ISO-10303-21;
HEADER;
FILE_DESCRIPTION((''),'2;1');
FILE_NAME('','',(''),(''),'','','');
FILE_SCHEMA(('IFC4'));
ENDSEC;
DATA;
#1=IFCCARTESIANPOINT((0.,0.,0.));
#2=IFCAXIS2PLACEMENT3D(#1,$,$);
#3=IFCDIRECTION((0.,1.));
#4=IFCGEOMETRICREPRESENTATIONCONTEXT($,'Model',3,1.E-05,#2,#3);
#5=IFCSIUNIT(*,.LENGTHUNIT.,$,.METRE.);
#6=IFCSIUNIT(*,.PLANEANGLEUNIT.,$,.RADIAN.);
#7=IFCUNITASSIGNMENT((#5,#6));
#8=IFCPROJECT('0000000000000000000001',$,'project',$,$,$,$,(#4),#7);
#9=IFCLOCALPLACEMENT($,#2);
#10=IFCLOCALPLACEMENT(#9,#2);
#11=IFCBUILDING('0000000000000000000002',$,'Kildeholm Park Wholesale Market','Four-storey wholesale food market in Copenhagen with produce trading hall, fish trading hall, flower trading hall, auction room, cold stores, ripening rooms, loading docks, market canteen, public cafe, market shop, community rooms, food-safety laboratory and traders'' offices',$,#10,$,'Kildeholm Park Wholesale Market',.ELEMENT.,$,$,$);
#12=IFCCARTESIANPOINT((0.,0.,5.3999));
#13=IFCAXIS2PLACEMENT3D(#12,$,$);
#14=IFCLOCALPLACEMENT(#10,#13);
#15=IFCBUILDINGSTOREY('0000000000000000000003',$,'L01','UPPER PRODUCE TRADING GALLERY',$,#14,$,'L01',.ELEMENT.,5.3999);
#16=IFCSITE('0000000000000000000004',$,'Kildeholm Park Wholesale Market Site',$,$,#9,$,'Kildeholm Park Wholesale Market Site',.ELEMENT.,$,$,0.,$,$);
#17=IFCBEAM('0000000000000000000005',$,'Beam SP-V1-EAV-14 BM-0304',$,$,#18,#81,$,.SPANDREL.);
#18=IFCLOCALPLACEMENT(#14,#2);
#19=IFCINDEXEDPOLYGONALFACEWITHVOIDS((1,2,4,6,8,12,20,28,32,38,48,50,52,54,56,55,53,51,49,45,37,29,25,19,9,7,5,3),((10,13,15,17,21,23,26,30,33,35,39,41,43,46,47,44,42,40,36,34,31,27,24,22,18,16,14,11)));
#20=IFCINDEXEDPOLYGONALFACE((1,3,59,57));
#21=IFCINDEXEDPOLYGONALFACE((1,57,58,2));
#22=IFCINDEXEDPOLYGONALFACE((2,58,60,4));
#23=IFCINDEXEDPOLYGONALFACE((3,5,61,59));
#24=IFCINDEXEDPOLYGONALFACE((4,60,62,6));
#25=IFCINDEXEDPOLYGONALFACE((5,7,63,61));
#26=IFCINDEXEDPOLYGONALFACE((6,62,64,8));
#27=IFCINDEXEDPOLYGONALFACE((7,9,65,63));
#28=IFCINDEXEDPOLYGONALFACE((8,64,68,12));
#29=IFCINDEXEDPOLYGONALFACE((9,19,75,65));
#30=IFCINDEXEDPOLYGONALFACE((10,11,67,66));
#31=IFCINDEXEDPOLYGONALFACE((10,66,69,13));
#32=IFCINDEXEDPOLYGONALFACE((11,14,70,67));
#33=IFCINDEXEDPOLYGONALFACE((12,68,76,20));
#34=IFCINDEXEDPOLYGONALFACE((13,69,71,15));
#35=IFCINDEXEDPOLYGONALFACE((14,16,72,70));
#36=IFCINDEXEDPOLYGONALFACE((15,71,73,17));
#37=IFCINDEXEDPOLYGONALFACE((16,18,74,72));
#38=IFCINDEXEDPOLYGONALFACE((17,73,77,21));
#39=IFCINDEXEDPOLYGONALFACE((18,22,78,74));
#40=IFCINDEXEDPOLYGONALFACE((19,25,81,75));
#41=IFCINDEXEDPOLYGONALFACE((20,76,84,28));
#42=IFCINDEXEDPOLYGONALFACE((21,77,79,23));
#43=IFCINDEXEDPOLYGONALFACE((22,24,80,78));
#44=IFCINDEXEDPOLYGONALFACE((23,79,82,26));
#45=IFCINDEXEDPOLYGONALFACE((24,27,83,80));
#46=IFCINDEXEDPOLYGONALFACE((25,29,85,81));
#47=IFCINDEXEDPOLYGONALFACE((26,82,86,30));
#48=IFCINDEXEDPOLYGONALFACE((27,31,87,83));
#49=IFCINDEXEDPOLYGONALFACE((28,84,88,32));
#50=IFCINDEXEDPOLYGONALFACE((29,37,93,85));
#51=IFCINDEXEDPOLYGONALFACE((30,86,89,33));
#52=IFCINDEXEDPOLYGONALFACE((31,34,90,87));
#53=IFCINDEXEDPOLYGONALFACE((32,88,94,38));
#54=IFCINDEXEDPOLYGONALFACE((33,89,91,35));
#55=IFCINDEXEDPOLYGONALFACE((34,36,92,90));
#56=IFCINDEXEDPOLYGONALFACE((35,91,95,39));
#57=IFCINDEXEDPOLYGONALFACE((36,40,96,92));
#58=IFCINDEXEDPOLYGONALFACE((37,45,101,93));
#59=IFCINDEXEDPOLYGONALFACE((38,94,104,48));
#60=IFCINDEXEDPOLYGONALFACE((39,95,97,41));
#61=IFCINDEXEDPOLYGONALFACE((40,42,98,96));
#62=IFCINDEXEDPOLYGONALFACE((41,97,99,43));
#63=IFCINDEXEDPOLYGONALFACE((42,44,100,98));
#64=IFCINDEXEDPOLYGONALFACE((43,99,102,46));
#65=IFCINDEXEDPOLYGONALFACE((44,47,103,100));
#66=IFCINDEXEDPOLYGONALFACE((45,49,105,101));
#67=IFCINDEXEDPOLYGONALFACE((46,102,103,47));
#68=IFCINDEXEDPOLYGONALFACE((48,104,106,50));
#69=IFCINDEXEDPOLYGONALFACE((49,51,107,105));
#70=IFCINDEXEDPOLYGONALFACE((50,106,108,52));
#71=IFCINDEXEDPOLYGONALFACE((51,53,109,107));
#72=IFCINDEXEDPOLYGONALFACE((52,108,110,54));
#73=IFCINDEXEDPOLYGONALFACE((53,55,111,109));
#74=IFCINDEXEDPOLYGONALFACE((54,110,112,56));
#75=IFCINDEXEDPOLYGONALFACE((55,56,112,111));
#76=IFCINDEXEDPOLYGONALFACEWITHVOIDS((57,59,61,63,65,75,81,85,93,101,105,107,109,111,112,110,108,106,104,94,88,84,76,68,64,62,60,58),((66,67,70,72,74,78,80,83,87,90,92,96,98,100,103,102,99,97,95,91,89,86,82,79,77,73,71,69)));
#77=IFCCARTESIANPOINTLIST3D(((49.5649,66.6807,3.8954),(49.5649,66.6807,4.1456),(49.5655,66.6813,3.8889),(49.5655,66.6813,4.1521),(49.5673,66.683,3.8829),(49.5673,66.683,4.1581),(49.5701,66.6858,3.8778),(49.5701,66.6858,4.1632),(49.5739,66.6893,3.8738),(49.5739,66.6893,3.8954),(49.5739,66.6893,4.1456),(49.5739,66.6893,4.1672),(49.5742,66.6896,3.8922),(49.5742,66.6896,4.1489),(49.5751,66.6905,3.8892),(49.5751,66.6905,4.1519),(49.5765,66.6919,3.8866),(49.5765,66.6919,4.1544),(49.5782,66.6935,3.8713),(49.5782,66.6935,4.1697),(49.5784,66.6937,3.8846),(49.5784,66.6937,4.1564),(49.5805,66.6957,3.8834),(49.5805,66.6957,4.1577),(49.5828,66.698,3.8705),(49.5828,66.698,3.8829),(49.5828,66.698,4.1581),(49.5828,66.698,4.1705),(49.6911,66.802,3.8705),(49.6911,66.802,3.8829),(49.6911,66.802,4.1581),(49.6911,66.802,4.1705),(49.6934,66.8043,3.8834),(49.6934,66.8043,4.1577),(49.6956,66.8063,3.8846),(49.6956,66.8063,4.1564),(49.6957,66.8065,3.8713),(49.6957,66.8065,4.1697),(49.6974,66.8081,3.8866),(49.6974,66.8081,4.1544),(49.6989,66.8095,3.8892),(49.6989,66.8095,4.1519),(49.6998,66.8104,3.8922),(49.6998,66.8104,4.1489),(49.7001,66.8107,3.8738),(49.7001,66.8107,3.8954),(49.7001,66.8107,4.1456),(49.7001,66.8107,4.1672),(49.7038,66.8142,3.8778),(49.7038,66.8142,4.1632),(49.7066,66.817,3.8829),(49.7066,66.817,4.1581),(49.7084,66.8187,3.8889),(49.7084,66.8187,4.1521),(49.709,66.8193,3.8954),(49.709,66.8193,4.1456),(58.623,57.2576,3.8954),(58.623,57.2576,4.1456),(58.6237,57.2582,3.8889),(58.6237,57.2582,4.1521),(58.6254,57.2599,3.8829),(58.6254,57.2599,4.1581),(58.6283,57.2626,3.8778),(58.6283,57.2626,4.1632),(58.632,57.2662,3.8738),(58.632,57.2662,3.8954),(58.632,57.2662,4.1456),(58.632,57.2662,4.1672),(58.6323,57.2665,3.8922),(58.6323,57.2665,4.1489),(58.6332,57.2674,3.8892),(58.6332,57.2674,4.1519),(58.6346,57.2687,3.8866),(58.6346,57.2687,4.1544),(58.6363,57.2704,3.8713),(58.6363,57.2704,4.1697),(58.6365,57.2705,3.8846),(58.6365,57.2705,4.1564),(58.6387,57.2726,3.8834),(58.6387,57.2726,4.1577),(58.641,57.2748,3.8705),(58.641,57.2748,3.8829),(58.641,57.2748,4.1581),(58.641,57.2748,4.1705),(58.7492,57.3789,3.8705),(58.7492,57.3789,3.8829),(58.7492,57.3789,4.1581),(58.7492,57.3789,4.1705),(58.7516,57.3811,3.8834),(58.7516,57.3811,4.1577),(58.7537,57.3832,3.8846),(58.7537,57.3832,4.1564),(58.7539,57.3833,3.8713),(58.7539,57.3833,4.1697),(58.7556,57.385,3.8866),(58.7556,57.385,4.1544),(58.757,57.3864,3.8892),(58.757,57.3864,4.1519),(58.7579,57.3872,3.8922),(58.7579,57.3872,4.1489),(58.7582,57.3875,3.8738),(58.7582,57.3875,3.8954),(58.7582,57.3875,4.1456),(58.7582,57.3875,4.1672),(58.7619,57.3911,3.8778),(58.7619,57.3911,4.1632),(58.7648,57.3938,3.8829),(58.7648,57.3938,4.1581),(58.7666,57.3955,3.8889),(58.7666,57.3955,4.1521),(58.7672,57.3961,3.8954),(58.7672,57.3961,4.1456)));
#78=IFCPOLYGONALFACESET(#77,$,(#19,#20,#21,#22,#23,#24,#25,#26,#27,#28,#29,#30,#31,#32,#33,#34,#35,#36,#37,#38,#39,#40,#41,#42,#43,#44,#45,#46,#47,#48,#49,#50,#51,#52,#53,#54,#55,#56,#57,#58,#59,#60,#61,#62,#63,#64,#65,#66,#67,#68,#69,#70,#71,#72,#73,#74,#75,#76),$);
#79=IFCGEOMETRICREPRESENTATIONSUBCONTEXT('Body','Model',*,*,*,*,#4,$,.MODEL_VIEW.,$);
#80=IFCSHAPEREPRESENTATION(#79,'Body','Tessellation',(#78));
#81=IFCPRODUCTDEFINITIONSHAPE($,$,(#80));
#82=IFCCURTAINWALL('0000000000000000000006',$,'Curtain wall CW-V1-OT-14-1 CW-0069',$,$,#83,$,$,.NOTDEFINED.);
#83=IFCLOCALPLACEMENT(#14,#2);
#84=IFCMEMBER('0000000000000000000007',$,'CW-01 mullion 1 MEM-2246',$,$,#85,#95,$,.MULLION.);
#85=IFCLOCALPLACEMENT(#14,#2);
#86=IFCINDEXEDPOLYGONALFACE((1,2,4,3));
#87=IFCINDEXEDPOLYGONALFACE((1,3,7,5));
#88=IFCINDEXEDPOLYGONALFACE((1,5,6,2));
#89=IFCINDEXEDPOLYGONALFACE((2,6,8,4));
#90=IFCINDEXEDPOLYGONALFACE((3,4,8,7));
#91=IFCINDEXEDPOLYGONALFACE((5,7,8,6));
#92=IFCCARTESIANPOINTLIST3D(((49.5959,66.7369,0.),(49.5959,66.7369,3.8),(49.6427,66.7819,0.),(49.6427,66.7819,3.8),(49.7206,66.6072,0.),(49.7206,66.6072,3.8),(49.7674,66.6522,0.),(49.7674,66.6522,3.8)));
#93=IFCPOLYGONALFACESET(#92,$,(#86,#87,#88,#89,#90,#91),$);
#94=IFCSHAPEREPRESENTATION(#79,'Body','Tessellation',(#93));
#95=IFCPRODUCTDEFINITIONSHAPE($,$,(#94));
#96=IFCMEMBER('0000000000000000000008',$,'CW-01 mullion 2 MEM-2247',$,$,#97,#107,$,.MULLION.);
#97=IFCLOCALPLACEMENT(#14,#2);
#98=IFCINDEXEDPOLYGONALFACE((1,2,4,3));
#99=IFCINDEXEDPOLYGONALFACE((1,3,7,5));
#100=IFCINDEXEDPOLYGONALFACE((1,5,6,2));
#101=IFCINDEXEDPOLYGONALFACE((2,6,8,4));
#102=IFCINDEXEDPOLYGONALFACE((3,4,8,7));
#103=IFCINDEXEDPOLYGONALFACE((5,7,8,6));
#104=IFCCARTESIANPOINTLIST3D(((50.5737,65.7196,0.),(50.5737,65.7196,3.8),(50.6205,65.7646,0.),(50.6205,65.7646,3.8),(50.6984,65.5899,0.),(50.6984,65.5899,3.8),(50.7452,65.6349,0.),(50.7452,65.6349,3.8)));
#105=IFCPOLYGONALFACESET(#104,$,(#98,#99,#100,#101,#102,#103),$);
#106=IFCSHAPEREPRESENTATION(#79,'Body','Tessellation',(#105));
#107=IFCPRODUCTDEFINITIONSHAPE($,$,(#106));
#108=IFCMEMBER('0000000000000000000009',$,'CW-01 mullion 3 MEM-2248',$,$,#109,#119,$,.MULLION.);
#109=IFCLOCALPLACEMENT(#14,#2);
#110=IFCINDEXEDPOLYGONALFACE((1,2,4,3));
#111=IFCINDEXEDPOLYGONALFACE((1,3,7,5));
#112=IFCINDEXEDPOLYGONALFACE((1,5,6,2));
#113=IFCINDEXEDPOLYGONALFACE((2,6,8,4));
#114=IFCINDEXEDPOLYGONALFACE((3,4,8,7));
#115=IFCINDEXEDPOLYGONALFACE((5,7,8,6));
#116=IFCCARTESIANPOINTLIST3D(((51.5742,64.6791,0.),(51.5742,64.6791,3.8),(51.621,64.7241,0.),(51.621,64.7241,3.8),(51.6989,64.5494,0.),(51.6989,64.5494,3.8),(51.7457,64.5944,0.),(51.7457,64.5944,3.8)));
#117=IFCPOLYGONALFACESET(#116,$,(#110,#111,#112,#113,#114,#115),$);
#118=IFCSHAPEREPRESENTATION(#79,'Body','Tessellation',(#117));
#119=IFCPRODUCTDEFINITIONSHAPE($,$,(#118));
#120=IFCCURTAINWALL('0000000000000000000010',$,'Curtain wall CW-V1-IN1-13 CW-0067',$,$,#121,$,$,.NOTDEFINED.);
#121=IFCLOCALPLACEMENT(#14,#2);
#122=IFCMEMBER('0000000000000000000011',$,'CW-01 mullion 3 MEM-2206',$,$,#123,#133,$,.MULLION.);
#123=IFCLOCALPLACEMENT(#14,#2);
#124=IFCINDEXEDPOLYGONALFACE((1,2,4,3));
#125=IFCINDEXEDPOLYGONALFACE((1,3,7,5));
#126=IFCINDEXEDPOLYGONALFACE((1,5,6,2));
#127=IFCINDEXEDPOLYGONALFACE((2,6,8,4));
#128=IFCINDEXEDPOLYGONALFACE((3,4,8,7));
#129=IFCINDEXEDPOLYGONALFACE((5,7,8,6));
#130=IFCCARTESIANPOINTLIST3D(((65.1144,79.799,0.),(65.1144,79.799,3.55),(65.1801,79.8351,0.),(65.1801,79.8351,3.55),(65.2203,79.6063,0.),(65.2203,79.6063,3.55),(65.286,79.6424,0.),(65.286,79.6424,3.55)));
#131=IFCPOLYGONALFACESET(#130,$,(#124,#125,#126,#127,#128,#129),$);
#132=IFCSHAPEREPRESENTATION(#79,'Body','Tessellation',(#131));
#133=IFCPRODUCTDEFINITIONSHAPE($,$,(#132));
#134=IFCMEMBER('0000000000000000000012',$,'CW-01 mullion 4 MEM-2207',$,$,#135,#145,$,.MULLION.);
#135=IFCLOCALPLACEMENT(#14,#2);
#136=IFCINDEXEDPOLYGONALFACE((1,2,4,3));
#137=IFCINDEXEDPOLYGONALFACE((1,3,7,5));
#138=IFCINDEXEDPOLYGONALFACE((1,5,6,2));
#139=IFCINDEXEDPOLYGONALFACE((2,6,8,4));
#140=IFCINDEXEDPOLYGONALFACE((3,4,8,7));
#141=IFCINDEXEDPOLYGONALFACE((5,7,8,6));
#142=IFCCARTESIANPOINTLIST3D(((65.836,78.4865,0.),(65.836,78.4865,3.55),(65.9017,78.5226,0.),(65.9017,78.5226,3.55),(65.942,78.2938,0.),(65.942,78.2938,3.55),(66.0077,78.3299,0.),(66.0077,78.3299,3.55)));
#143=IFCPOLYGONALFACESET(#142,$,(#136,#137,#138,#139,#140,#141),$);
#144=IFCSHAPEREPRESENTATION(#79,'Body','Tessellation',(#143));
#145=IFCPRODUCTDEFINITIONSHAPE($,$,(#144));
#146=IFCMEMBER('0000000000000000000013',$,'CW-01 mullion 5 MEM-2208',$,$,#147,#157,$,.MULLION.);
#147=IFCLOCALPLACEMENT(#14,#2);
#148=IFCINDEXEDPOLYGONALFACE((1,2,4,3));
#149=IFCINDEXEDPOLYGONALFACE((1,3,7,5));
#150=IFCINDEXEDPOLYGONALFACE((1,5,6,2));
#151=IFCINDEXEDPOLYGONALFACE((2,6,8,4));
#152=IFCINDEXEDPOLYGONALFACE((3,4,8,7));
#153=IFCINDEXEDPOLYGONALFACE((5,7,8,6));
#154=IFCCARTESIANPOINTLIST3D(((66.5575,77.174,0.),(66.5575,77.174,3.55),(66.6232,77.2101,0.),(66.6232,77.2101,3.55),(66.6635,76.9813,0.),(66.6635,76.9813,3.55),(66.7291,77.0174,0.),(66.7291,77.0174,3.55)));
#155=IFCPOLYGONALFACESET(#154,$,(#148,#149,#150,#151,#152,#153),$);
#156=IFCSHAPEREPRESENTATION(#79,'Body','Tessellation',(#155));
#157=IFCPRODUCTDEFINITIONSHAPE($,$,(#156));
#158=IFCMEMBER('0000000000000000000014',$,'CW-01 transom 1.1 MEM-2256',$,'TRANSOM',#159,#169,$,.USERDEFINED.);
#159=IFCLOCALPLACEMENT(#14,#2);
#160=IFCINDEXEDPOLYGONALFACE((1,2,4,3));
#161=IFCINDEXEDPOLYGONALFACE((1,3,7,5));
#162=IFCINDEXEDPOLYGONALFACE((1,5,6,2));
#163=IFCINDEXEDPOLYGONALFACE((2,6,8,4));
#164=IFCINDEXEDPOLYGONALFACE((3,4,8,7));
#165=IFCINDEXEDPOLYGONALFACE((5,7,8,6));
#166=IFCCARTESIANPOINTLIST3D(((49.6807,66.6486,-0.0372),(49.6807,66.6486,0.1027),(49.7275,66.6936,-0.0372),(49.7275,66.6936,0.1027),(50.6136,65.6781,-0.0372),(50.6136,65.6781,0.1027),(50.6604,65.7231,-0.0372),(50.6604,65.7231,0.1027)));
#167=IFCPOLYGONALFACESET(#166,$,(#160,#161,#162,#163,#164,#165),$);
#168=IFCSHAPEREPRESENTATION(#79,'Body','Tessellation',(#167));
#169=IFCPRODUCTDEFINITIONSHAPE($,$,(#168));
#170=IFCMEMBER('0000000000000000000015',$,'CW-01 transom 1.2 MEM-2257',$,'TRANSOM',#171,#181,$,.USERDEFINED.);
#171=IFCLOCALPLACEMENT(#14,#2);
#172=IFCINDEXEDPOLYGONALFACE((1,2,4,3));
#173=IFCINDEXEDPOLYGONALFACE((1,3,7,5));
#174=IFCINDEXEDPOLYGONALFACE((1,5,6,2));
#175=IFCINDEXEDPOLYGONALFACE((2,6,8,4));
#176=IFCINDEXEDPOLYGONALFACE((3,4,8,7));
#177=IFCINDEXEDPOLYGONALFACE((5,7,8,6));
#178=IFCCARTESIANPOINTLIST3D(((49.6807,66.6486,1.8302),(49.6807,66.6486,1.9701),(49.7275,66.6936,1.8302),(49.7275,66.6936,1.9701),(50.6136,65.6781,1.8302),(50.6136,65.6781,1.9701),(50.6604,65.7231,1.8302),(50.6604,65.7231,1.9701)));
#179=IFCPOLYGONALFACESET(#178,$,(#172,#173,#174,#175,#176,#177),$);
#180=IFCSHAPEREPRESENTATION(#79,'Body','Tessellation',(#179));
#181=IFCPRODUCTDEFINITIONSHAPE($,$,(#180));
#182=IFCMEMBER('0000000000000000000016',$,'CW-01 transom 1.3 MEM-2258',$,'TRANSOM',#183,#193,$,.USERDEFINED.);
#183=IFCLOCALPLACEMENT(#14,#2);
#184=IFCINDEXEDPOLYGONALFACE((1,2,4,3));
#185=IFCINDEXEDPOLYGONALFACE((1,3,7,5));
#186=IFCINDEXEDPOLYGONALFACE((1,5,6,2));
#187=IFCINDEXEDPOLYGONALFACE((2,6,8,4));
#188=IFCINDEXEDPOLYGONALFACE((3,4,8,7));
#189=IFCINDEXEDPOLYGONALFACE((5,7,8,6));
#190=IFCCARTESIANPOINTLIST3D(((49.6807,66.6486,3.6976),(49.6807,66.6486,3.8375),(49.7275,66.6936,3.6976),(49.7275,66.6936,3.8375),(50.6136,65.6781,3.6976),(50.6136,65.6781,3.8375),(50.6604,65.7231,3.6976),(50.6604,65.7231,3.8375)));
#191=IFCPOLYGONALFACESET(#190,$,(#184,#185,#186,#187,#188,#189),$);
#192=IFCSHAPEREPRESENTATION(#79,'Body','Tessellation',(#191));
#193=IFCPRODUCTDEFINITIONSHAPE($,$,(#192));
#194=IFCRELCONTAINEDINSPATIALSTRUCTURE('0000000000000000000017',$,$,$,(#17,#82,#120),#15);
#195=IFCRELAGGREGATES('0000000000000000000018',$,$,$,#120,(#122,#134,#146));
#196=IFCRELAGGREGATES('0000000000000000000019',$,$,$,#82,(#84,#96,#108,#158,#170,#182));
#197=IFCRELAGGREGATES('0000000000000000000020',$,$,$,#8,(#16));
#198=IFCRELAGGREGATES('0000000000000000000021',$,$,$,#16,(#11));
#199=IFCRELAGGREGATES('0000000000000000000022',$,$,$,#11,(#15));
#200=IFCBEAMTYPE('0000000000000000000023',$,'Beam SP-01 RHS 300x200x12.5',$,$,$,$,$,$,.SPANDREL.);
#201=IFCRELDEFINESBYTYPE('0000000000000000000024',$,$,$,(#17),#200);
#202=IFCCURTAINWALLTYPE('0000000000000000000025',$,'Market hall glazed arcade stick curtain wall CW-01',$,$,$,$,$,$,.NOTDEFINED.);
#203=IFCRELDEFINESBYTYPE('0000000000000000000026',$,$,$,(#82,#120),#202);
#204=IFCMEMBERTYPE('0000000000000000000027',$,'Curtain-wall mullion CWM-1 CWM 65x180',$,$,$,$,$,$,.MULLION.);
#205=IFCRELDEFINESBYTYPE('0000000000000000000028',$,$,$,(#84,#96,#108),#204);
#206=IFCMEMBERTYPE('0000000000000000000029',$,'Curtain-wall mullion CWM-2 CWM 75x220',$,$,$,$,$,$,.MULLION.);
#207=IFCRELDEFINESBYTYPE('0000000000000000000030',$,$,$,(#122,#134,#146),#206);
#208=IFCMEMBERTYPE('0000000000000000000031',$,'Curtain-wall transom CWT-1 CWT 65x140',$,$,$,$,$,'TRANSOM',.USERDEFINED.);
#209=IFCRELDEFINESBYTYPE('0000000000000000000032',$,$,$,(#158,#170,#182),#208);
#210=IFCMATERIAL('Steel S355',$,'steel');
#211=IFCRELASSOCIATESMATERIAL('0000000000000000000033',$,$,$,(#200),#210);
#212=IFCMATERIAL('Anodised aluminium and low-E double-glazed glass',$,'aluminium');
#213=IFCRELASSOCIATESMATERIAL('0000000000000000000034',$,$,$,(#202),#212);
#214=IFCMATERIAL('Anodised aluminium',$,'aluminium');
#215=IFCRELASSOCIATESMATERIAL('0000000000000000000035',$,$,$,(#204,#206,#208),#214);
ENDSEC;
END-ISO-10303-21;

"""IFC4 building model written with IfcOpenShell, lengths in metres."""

from ifc_helpers import new_model, si_unit, direction, frame, origin, origin_2d, place, context, subcontext, project, spatial, rectangle, hollow_rectangle, extrude, material, material_profile, profile_set, type_object, element, aggregate, save


model = new_model("IFC4")

# Units and contexts
model_context = context("Model", 3, precision=1e-05, world=origin(), true_north=direction((0.0, 1.0)))
body_context = subcontext(model_context, "Body", "Model", "MODEL_VIEW")
ifc_project = project(units=[si_unit("LENGTHUNIT", "METRE"), si_unit("PLANEANGLEUNIT", "RADIAN")], contexts=[model_context])

# Site, building, storey
site_placement = place(None, origin())
site = spatial("IfcSite", under=ifc_project, at=site_placement, Name="Kildeholm Park Wholesale Market Site", LongName="Kildeholm Park Wholesale Market Site", CompositionType="ELEMENT", RefElevation=0.0)
building_placement = place(site_placement, origin())
building = spatial("IfcBuilding", under=site, at=building_placement, Name="Kildeholm Park Wholesale Market", Description="Four-storey wholesale food market in Copenhagen with produce trading hall, fish trading hall, flower trading hall, auction room, cold stores, ripening rooms, loading docks, market canteen, public cafe, market shop, community rooms, food-safety laboratory and traders' offices", LongName="Kildeholm Park Wholesale Market", CompositionType="ELEMENT")
storey_placement = place(building_placement, frame((0.0, 0.0, 5.3999)))
storey = spatial("IfcBuildingStorey", under=building, at=storey_placement, Name="L01", Description="UPPER PRODUCE TRADING GALLERY", LongName="L01", CompositionType="ELEMENT", Elevation=5.3999)

# Shared definitions
ifc_material_1 = material(Name="Steel S355", Category="steel")

# Beam
ifc_material_profile_1 = material_profile(ifc_material_1, hollow_rectangle(XDim=0.2, YDim=0.3, WallThickness=0.0125, InnerFilletRadius=0.0125, OuterFilletRadius=0.0249, at=origin_2d()), Name="RHS 300x200x12.5")
ifc_profile_set_1 = profile_set([ifc_material_profile_1], Name="Steel S355")
beam_type_1 = type_object("IfcBeamType", Name="Beam SP-01 RHS 300x200x12.5", PredefinedType="SPANDREL", material=ifc_profile_set_1)
beam_1_placement = place(storey_placement, frame((49.637, 66.75, 4.0205), z_axis=(0.693007, -0.720931, 0.0), x_axis=(0.720931, 0.693007, 0.0)))
element("IfcBeam", 1, at=beam_1_placement, inside=storey, type_object=beam_type_1, Name="Beam SP-V1-EAV-14 BM-0304", PredefinedType="SPANDREL", context=body_context, shape_type="SweptSolid", body=[
    extrude(hollow_rectangle(XDim=0.2, YDim=0.3, WallThickness=0.0125, InnerFilletRadius=0.0125, OuterFilletRadius=0.0249, at=origin_2d()), origin(), (0.0, 0.0, 1.0), 13.0708),
])

# Curtain walls, members
ifc_material_2 = material(Name="Anodised aluminium and low-E double-glazed glass", Category="aluminium")
curtain_wall_type = type_object("IfcCurtainWallType", Name="Market hall glazed arcade stick curtain wall CW-01", PredefinedType="NOTDEFINED", material=ifc_material_2)
curtain_wall_1_placement = place(storey_placement, origin())
curtain_wall_1 = element("IfcCurtainWall", 2, at=curtain_wall_1_placement, inside=storey, type_object=curtain_wall_type, Name="Curtain wall CW-V1-OT-14-1 CW-0069", PredefinedType="NOTDEFINED")
ifc_material_3 = material(Name="Anodised aluminium", Category="aluminium")
ifc_material_profile_2 = material_profile(ifc_material_3, rectangle(XDim=0.0649, YDim=0.1799, at=origin_2d()), Name="CWM 65x180")
ifc_profile_set_2 = profile_set([ifc_material_profile_2], Name="Anodised aluminium")
member_type_1 = type_object("IfcMemberType", Name="Curtain-wall mullion CWM-1 CWM 65x180", PredefinedType="MULLION", material=ifc_profile_set_2)
member_1_placement = place(storey_placement, frame((49.6816, 66.6946, 0.0), z_axis=(0.0, 0.0, 1.0), x_axis=(0.720901, 0.693038, 0.0)))
member_1 = element("IfcMember", 3, at=member_1_placement, type_object=member_type_1, Name="CW-01 mullion 1 MEM-2246", PredefinedType="MULLION", context=body_context, shape_type="SweptSolid", body=[
    extrude(rectangle(XDim=0.0649, YDim=0.1799, at=origin_2d()), origin(), (0.0, 0.0, 1.0), 3.8),
])
member_2_placement = place(storey_placement, frame((50.6594, 65.6772, 0.0), z_axis=(0.0, 0.0, 1.0), x_axis=(0.720901, 0.693038, 0.0)))
member_2 = element("IfcMember", 4, at=member_2_placement, type_object=member_type_1, Name="CW-01 mullion 2 MEM-2247", PredefinedType="MULLION", context=body_context, shape_type="SweptSolid", body=[
    extrude(rectangle(XDim=0.0649, YDim=0.1799, at=origin_2d()), origin(), (0.0, 0.0, 1.0), 3.8),
])
member_3_placement = place(storey_placement, frame((51.6599, 64.6367, 0.0), z_axis=(0.0, 0.0, 1.0), x_axis=(0.720901, 0.693038, 0.0)))
member_3 = element("IfcMember", 5, at=member_3_placement, type_object=member_type_1, Name="CW-01 mullion 3 MEM-2248", PredefinedType="MULLION", context=body_context, shape_type="SweptSolid", body=[
    extrude(rectangle(XDim=0.0649, YDim=0.1799, at=origin_2d()), origin(), (0.0, 0.0, 1.0), 3.8),
])
curtain_wall_2_placement = place(storey_placement, origin())
curtain_wall_2 = element("IfcCurtainWall", 6, at=curtain_wall_2_placement, inside=storey, type_object=curtain_wall_type, Name="Curtain wall CW-V1-IN1-13 CW-0067", PredefinedType="NOTDEFINED")
ifc_material_profile_3 = material_profile(ifc_material_3, rectangle(XDim=0.075, YDim=0.22, at=origin_2d()), Name="CWM 75x220")
ifc_profile_set_3 = profile_set([ifc_material_profile_3], Name="Anodised aluminium")
member_type_2 = type_object("IfcMemberType", Name="Curtain-wall mullion CWM-2 CWM 75x220", PredefinedType="MULLION", material=ifc_profile_set_3)
member_4_placement = place(storey_placement, frame((65.2002, 79.7207, 0.0), z_axis=(0.0, 0.0, 1.0), x_axis=(0.876309, 0.48175, 0.0)))
member_4 = element("IfcMember", 7, at=member_4_placement, type_object=member_type_2, Name="CW-01 mullion 3 MEM-2206", PredefinedType="MULLION", context=body_context, shape_type="SweptSolid", body=[
    extrude(rectangle(XDim=0.075, YDim=0.22, at=origin_2d()), origin(), (0.0, 0.0, 1.0), 3.55),
])
member_5_placement = place(storey_placement, frame((65.9219, 78.4082, 0.0), z_axis=(0.0, 0.0, 1.0), x_axis=(0.876309, 0.48175, 0.0)))
member_5 = element("IfcMember", 8, at=member_5_placement, type_object=member_type_2, Name="CW-01 mullion 4 MEM-2207", PredefinedType="MULLION", context=body_context, shape_type="SweptSolid", body=[
    extrude(rectangle(XDim=0.075, YDim=0.22, at=origin_2d()), origin(), (0.0, 0.0, 1.0), 3.55),
])
member_6_placement = place(storey_placement, frame((66.6433, 77.0957, 0.0), z_axis=(0.0, 0.0, 1.0), x_axis=(0.876309, 0.48175, 0.0)))
member_6 = element("IfcMember", 9, at=member_6_placement, type_object=member_type_2, Name="CW-01 mullion 5 MEM-2208", PredefinedType="MULLION", context=body_context, shape_type="SweptSolid", body=[
    extrude(rectangle(XDim=0.075, YDim=0.22, at=origin_2d()), origin(), (0.0, 0.0, 1.0), 3.55),
])

# Members
ifc_material_profile_4 = material_profile(ifc_material_3, rectangle(XDim=0.0649, YDim=0.1399, at=origin_2d()), Name="CWT 65x140")
ifc_profile_set_4 = profile_set([ifc_material_profile_4], Name="Anodised aluminium")
member_type_3 = type_object("IfcMemberType", Name="Curtain-wall transom CWT-1 CWT 65x140", ElementType="TRANSOM", PredefinedType="USERDEFINED", material=ifc_profile_set_4)
member_7_placement = place(storey_placement, frame((49.7041, 66.6711, 0.0327), z_axis=(0.693004, -0.720934, 0.0), x_axis=(0.720934, 0.693004, 0.0)))
member_7 = element("IfcMember", 10, at=member_7_placement, type_object=member_type_3, Name="CW-01 transom 1.1 MEM-2256", ObjectType="TRANSOM", PredefinedType="USERDEFINED", context=body_context, shape_type="SweptSolid", body=[
    extrude(rectangle(XDim=0.0649, YDim=0.1399, at=origin_2d()), origin(), (0.0, 0.0, 1.0), 1.3462),
])
member_8_placement = place(storey_placement, frame((49.7041, 66.6711, 1.9001), z_axis=(0.693004, -0.720934, 0.0), x_axis=(0.720934, 0.693004, 0.0)))
member_8 = element("IfcMember", 11, at=member_8_placement, type_object=member_type_3, Name="CW-01 transom 1.2 MEM-2257", ObjectType="TRANSOM", PredefinedType="USERDEFINED", context=body_context, shape_type="SweptSolid", body=[
    extrude(rectangle(XDim=0.0649, YDim=0.1399, at=origin_2d()), origin(), (0.0, 0.0, 1.0), 1.3462),
])
member_9_placement = place(storey_placement, frame((49.7041, 66.6711, 3.7676), z_axis=(0.693004, -0.720934, 0.0), x_axis=(0.720934, 0.693004, 0.0)))
member_9 = element("IfcMember", 12, at=member_9_placement, type_object=member_type_3, Name="CW-01 transom 1.3 MEM-2258", ObjectType="TRANSOM", PredefinedType="USERDEFINED", context=body_context, shape_type="SweptSolid", body=[
    extrude(rectangle(XDim=0.0649, YDim=0.1399, at=origin_2d()), origin(), (0.0, 0.0, 1.0), 1.3462),
])

aggregate(curtain_wall_2, [member_4, member_5, member_6])
aggregate(curtain_wall_1, [member_1, member_2, member_3, member_7, member_8, member_9])

save(model, "model.ifc")
